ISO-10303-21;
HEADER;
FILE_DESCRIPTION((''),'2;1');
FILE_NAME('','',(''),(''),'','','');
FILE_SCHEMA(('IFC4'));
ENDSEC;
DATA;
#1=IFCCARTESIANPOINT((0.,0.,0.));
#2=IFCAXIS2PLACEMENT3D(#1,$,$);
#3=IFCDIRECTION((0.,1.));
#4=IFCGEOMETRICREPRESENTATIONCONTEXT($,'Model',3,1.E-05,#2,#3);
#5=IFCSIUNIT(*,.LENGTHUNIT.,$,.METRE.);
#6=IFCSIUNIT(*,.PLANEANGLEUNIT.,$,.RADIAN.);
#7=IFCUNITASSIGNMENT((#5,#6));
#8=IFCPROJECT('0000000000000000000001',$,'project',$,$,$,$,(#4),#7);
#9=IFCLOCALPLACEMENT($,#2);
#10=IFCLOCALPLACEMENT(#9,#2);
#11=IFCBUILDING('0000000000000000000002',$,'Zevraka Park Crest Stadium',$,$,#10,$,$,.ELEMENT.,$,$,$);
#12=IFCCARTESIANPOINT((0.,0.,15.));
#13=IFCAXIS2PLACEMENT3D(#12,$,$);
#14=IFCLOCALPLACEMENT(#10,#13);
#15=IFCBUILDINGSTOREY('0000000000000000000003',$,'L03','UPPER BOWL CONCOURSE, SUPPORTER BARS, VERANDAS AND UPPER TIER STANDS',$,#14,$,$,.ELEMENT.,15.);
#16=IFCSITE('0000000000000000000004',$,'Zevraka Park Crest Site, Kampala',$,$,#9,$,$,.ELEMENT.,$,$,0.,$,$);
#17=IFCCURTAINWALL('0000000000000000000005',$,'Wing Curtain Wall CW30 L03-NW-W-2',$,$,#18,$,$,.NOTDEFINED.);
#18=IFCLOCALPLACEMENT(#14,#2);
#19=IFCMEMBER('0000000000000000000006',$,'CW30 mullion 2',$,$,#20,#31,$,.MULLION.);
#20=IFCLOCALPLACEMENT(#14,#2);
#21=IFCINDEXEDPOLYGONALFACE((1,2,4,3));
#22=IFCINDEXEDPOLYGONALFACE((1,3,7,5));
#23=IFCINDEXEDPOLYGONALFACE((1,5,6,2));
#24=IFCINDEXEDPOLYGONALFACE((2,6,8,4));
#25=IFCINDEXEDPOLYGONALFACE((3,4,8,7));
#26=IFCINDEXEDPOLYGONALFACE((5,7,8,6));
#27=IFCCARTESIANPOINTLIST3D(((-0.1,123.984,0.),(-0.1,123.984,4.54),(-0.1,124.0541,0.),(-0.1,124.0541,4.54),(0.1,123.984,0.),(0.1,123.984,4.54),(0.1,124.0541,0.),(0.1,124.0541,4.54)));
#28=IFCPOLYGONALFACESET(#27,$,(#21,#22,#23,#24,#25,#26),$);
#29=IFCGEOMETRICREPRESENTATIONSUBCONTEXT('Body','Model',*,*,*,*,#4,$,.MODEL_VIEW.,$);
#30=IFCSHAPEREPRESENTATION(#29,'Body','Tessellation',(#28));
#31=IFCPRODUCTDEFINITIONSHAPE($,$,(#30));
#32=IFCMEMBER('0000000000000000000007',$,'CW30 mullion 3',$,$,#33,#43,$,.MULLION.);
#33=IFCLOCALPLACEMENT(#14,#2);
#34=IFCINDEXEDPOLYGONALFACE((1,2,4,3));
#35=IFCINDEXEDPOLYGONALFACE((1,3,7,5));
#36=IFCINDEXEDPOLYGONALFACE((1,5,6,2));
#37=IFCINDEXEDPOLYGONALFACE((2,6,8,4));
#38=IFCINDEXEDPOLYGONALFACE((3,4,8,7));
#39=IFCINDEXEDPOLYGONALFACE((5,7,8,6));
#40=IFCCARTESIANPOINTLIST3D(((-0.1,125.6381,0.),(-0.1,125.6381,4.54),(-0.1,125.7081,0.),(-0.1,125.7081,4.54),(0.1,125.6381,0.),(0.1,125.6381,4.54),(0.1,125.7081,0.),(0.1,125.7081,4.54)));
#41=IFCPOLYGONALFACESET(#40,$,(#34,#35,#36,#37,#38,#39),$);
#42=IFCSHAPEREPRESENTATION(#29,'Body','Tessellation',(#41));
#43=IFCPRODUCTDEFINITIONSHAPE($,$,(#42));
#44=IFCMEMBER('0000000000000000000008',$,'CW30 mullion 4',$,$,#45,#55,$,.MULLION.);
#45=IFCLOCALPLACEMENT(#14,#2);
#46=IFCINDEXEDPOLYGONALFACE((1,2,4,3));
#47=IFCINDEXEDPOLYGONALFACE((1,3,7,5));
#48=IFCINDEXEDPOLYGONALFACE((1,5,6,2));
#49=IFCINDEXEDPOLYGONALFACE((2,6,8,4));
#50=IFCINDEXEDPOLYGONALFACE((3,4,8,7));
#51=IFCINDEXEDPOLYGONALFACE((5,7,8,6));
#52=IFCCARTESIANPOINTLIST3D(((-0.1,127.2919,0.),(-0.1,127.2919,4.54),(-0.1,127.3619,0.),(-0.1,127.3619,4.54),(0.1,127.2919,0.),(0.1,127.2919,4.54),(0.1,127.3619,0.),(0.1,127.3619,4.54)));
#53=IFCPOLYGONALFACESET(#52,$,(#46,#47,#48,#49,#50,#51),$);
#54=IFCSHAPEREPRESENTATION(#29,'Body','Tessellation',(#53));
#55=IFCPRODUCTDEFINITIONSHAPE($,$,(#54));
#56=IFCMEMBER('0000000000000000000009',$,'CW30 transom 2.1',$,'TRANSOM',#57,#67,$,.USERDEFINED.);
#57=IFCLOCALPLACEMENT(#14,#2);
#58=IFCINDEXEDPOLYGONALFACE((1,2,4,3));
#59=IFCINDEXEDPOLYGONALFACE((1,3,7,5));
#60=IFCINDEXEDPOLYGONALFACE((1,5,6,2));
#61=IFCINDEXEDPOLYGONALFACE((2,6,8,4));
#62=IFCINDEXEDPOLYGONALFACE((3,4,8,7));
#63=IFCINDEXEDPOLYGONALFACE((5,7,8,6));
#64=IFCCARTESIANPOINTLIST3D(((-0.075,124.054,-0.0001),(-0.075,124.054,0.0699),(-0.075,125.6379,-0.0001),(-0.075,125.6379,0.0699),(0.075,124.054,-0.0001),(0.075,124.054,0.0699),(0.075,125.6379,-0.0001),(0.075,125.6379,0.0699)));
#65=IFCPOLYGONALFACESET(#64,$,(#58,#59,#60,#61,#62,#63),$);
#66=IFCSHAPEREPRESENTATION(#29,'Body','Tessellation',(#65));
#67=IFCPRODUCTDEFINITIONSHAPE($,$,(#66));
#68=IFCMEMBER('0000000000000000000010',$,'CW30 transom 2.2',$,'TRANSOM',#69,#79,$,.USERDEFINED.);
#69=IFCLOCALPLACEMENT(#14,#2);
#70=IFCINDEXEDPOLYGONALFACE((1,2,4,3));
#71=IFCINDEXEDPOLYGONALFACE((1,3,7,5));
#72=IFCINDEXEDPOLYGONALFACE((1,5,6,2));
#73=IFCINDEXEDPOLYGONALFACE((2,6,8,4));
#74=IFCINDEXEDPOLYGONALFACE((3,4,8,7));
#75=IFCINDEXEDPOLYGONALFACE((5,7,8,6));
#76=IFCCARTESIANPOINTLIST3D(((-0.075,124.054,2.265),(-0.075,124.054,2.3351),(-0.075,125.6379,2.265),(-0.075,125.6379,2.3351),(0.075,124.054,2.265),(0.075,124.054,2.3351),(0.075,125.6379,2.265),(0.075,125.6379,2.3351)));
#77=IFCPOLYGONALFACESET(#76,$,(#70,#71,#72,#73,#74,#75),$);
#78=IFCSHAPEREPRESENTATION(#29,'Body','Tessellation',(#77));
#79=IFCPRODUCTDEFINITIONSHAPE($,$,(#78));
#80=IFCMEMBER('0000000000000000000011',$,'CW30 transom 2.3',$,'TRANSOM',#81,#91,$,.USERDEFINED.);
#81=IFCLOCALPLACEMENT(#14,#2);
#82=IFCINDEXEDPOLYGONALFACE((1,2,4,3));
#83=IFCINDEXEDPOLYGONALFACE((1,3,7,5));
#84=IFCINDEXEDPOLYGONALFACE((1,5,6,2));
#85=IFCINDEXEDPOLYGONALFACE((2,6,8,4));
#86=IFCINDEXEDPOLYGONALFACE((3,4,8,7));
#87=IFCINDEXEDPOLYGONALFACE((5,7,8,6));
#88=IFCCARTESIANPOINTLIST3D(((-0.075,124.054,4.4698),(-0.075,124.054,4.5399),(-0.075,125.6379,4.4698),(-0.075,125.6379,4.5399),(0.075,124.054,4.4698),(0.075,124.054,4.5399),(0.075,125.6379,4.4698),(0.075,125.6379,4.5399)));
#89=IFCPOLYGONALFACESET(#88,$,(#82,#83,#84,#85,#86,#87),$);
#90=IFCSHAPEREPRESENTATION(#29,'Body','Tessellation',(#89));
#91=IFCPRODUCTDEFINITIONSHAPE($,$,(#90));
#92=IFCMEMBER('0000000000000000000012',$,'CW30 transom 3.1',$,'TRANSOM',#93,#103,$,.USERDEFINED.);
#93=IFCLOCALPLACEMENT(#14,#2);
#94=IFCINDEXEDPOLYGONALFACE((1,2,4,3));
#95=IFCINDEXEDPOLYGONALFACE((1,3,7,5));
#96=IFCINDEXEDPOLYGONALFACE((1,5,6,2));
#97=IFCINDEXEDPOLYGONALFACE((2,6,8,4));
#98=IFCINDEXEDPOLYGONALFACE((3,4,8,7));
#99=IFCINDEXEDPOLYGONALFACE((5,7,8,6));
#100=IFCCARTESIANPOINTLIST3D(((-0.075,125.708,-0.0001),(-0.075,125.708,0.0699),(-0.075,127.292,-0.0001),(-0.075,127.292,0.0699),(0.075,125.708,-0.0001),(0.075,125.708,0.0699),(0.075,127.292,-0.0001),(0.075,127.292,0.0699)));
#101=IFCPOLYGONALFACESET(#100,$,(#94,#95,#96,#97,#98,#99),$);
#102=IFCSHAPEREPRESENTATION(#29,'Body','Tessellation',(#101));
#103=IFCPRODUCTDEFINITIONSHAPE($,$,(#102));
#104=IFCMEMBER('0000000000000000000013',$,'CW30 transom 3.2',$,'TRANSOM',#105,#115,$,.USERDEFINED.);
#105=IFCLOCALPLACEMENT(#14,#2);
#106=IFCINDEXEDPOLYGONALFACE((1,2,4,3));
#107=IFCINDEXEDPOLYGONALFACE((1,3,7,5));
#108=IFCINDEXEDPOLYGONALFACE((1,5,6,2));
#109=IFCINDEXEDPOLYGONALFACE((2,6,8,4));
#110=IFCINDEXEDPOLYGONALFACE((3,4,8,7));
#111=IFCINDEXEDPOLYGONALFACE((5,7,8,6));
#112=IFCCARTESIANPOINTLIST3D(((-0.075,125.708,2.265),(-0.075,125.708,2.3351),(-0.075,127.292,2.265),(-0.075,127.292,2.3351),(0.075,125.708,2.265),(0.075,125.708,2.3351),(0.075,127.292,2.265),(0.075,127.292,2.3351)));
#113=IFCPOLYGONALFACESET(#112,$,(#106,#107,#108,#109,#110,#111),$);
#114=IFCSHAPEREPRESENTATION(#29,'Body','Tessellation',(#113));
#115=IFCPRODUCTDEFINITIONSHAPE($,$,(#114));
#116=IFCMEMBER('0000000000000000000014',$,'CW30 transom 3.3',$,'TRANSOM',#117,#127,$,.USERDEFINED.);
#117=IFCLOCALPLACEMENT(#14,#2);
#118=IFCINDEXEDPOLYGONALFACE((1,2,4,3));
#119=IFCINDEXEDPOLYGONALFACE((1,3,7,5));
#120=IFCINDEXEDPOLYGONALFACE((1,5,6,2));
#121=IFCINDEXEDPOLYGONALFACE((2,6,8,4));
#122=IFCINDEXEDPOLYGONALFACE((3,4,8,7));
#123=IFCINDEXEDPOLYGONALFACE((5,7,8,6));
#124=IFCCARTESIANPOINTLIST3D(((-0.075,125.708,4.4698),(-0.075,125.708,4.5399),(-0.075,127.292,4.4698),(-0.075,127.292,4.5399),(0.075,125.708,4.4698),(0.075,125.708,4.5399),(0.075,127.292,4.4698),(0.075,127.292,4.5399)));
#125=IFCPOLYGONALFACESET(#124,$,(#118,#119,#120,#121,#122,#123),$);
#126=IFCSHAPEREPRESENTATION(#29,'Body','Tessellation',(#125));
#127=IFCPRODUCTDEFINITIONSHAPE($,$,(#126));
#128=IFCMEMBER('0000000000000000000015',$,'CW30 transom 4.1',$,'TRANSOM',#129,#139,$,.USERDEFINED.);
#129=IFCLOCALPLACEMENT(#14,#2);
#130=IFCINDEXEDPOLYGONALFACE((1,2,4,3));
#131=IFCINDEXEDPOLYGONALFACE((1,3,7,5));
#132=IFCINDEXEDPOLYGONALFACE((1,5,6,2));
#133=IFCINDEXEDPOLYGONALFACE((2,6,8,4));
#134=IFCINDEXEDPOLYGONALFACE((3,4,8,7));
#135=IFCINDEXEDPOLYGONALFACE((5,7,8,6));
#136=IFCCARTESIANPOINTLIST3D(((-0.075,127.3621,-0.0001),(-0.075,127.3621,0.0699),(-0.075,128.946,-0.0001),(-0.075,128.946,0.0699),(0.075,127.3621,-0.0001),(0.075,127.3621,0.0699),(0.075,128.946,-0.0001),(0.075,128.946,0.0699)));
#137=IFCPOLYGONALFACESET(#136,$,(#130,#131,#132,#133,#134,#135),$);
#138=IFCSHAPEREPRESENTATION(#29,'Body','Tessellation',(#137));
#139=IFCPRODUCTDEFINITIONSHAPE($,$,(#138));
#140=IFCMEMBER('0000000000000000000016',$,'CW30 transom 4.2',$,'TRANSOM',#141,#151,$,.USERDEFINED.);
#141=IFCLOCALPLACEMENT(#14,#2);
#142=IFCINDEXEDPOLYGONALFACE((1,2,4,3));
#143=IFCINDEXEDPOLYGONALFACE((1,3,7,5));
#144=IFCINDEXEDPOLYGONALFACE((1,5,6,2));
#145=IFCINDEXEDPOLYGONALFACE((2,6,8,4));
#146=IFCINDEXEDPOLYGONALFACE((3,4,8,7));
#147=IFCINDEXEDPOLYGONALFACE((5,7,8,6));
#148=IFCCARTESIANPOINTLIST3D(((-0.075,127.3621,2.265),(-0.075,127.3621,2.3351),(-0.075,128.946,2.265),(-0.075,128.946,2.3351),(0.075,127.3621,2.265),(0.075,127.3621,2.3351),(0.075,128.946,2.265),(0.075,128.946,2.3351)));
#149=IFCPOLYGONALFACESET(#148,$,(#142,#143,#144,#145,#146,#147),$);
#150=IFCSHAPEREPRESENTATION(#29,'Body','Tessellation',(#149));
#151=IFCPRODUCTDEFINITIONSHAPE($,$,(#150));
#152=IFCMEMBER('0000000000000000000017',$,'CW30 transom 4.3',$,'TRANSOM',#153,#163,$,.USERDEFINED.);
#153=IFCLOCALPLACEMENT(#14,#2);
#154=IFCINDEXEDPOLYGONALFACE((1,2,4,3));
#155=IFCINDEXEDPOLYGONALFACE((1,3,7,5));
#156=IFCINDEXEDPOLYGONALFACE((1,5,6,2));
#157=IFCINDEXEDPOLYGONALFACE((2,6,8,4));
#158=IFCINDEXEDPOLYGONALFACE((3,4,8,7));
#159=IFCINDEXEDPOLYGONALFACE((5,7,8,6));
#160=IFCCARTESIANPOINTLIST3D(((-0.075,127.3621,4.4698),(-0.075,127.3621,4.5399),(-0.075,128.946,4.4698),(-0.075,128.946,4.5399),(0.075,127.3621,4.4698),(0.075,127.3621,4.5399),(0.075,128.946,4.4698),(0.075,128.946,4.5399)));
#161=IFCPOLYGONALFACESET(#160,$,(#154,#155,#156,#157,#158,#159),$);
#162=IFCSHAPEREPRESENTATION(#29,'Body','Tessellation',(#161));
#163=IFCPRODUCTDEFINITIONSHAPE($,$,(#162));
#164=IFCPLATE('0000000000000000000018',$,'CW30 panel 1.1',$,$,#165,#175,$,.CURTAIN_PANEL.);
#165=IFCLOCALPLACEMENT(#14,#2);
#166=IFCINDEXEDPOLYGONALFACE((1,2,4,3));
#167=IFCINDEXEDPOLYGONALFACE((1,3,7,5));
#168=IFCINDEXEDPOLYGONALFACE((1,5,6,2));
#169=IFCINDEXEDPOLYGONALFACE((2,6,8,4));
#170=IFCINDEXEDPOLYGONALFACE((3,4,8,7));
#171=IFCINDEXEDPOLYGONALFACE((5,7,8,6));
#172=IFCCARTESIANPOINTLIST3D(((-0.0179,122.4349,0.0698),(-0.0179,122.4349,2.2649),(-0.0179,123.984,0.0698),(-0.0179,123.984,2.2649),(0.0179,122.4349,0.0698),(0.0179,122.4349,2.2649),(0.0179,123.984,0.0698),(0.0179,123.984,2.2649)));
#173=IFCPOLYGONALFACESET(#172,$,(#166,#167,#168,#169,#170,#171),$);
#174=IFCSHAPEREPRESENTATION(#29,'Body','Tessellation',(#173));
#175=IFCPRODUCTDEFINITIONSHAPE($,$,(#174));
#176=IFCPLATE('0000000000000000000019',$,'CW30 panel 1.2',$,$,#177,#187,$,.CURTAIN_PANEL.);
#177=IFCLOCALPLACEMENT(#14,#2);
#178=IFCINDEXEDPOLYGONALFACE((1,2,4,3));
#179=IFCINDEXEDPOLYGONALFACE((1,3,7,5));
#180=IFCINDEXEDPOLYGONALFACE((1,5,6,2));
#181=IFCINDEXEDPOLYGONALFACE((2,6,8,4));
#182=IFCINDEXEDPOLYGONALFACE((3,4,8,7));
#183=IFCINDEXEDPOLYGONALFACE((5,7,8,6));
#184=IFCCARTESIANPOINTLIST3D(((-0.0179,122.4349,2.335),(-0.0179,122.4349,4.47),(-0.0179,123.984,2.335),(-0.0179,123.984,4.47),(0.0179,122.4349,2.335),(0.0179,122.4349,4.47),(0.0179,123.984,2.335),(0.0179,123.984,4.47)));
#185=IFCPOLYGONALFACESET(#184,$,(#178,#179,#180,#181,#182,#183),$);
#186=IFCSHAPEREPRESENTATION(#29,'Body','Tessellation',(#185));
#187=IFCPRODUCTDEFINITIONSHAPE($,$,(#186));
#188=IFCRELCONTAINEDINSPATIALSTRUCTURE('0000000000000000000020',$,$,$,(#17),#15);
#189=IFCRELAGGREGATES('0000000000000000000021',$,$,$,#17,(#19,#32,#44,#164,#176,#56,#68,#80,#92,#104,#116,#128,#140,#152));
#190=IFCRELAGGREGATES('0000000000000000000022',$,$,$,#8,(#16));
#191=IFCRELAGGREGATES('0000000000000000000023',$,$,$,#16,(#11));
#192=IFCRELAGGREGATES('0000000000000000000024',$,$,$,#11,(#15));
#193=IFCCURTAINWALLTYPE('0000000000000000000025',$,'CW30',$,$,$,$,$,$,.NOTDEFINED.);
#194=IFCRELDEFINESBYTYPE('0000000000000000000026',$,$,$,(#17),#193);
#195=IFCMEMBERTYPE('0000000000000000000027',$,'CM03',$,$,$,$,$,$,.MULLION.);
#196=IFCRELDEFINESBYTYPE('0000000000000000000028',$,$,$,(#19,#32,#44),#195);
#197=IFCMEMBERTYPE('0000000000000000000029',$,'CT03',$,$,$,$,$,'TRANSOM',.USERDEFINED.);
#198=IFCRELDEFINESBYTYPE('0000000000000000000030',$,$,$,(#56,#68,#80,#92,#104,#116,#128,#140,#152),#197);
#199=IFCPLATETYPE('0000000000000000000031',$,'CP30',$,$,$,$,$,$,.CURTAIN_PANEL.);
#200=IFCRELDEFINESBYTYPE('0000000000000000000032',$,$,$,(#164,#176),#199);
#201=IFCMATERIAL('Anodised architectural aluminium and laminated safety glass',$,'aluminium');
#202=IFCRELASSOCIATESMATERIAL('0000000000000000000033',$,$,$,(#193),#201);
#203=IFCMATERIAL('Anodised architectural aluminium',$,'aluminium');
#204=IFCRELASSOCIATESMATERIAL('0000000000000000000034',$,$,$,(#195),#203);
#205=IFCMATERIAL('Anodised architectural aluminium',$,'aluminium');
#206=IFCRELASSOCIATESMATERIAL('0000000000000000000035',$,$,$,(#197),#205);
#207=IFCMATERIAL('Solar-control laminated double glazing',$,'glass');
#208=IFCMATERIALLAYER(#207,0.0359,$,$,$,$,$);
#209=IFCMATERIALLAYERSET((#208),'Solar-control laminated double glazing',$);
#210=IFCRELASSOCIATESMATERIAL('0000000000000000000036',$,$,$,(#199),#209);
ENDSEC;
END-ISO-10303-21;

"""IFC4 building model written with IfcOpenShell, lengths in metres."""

from ifc_helpers import new_model, si_unit, direction, frame, origin, origin_2d, place, context, subcontext, project, spatial, rectangle, extrude, material, layer, layer_set, material_profile, profile_set, type_object, element, aggregate, save


model = new_model("IFC4")

# Units and contexts
model_context = context("Model", 3, precision=1e-05, world=origin(), true_north=direction((0.0, 1.0)))
body_context = subcontext(model_context, "Body", "Model", "MODEL_VIEW")
ifc_project = project(units=[si_unit("LENGTHUNIT", "METRE"), si_unit("PLANEANGLEUNIT", "RADIAN")], contexts=[model_context])

# Site, building, storey
site_placement = place(None, origin())
site = spatial("IfcSite", under=ifc_project, at=site_placement, Name="Zevraka Park Crest Site, Kampala", CompositionType="ELEMENT", RefElevation=0.0)
building_placement = place(site_placement, origin())
building = spatial("IfcBuilding", under=site, at=building_placement, Name="Zevraka Park Crest Stadium", CompositionType="ELEMENT")
storey_placement = place(building_placement, frame((0.0, 0.0, 15.0)))
storey = spatial("IfcBuildingStorey", under=building, at=storey_placement, Name="L03", Description="UPPER BOWL CONCOURSE, SUPPORTER BARS, VERANDAS AND UPPER TIER STANDS", CompositionType="ELEMENT", Elevation=15.0)

# Curtain wall, members, plates
ifc_material_1 = material(Name="Anodised architectural aluminium and laminated safety glass", Category="aluminium")
curtain_wall_type = type_object("IfcCurtainWallType", Name="CW30", PredefinedType="NOTDEFINED", material=ifc_material_1)
curtain_wall_placement = place(storey_placement, origin())
curtain_wall = element("IfcCurtainWall", 1, at=curtain_wall_placement, inside=storey, type_object=curtain_wall_type, Name="Wing Curtain Wall CW30 L03-NW-W-2", PredefinedType="NOTDEFINED")
ifc_material_2 = material(Name="Anodised architectural aluminium", Category="aluminium")
ifc_material_profile_1 = material_profile(ifc_material_2, rectangle(XDim=0.2, YDim=0.0701, at=origin_2d()), Name="ALU MULLION 200x70")
ifc_profile_set_1 = profile_set([ifc_material_profile_1], Name="Anodised architectural aluminium")
member_type_1 = type_object("IfcMemberType", Name="CM03", PredefinedType="MULLION", material=ifc_profile_set_1)
member_1_placement = place(storey_placement, frame((0.0, 124.019, 0.0), z_axis=(0.0, 0.0, 1.0), x_axis=(-1.0, 0.0, 0.0)))
member_1 = element("IfcMember", 2, at=member_1_placement, type_object=member_type_1, Name="CW30 mullion 2", PredefinedType="MULLION", context=body_context, shape_type="SweptSolid", body=[
    extrude(rectangle(XDim=0.2, YDim=0.0701, at=origin_2d()), origin(), (0.0, 0.0, 1.0), 4.54),
])
member_2_placement = place(storey_placement, frame((0.0, 125.6731, 0.0), z_axis=(0.0, 0.0, 1.0), x_axis=(-1.0, 0.0, 0.0)))
member_2 = element("IfcMember", 3, at=member_2_placement, type_object=member_type_1, Name="CW30 mullion 3", PredefinedType="MULLION", context=body_context, shape_type="SweptSolid", body=[
    extrude(rectangle(XDim=0.2, YDim=0.0701, at=origin_2d()), origin(), (0.0, 0.0, 1.0), 4.54),
])
member_3_placement = place(storey_placement, frame((0.0, 127.3269, 0.0), z_axis=(0.0, 0.0, 1.0), x_axis=(-1.0, 0.0, 0.0)))
member_3 = element("IfcMember", 4, at=member_3_placement, type_object=member_type_1, Name="CW30 mullion 4", PredefinedType="MULLION", context=body_context, shape_type="SweptSolid", body=[
    extrude(rectangle(XDim=0.2, YDim=0.0701, at=origin_2d()), origin(), (0.0, 0.0, 1.0), 4.54),
])
ifc_material_3 = material(Name="Anodised architectural aluminium", Category="aluminium")
ifc_material_profile_2 = material_profile(ifc_material_3, rectangle(XDim=0.1499, YDim=0.0701, at=origin_2d()), Name="ALU TRANSOM 150x70")
ifc_profile_set_2 = profile_set([ifc_material_profile_2], Name="Anodised architectural aluminium")
member_type_2 = type_object("IfcMemberType", Name="CT03", ElementType="TRANSOM", PredefinedType="USERDEFINED", material=ifc_profile_set_2)
member_4_placement = place(storey_placement, frame((0.0, 124.054, 0.0349), z_axis=(0.0, 1.0, 0.0), x_axis=(-1.0, 0.0, 0.0)))
member_4 = element("IfcMember", 5, at=member_4_placement, type_object=member_type_2, Name="CW30 transom 2.1", ObjectType="TRANSOM", PredefinedType="USERDEFINED", context=body_context, shape_type="SweptSolid", body=[
    extrude(rectangle(XDim=0.1499, YDim=0.0701, at=origin_2d()), origin(), (0.0, 0.0, 1.0), 1.584),
])
member_5_placement = place(storey_placement, frame((0.0, 124.054, 2.3), z_axis=(0.0, 1.0, 0.0), x_axis=(-1.0, 0.0, 0.0)))
member_5 = element("IfcMember", 6, at=member_5_placement, type_object=member_type_2, Name="CW30 transom 2.2", ObjectType="TRANSOM", PredefinedType="USERDEFINED", context=body_context, shape_type="SweptSolid", body=[
    extrude(rectangle(XDim=0.1499, YDim=0.0701, at=origin_2d()), origin(), (0.0, 0.0, 1.0), 1.584),
])
member_6_placement = place(storey_placement, frame((0.0, 124.054, 4.5049), z_axis=(0.0, 1.0, 0.0), x_axis=(-1.0, 0.0, 0.0)))
member_6 = element("IfcMember", 7, at=member_6_placement, type_object=member_type_2, Name="CW30 transom 2.3", ObjectType="TRANSOM", PredefinedType="USERDEFINED", context=body_context, shape_type="SweptSolid", body=[
    extrude(rectangle(XDim=0.1499, YDim=0.0701, at=origin_2d()), origin(), (0.0, 0.0, 1.0), 1.584),
])
member_7_placement = place(storey_placement, frame((0.0, 125.708, 0.0349), z_axis=(0.0, 1.0, 0.0), x_axis=(-1.0, 0.0, 0.0)))
member_7 = element("IfcMember", 8, at=member_7_placement, type_object=member_type_2, Name="CW30 transom 3.1", ObjectType="TRANSOM", PredefinedType="USERDEFINED", context=body_context, shape_type="SweptSolid", body=[
    extrude(rectangle(XDim=0.1499, YDim=0.0701, at=origin_2d()), origin(), (0.0, 0.0, 1.0), 1.584),
])
member_8_placement = place(storey_placement, frame((0.0, 125.708, 2.3), z_axis=(0.0, 1.0, 0.0), x_axis=(-1.0, 0.0, 0.0)))
member_8 = element("IfcMember", 9, at=member_8_placement, type_object=member_type_2, Name="CW30 transom 3.2", ObjectType="TRANSOM", PredefinedType="USERDEFINED", context=body_context, shape_type="SweptSolid", body=[
    extrude(rectangle(XDim=0.1499, YDim=0.0701, at=origin_2d()), origin(), (0.0, 0.0, 1.0), 1.584),
])
member_9_placement = place(storey_placement, frame((0.0, 125.708, 4.5049), z_axis=(0.0, 1.0, 0.0), x_axis=(-1.0, 0.0, 0.0)))
member_9 = element("IfcMember", 10, at=member_9_placement, type_object=member_type_2, Name="CW30 transom 3.3", ObjectType="TRANSOM", PredefinedType="USERDEFINED", context=body_context, shape_type="SweptSolid", body=[
    extrude(rectangle(XDim=0.1499, YDim=0.0701, at=origin_2d()), origin(), (0.0, 0.0, 1.0), 1.584),
])
member_10_placement = place(storey_placement, frame((0.0, 127.3621, 0.0349), z_axis=(0.0, 1.0, 0.0), x_axis=(-1.0, 0.0, 0.0)))
member_10 = element("IfcMember", 11, at=member_10_placement, type_object=member_type_2, Name="CW30 transom 4.1", ObjectType="TRANSOM", PredefinedType="USERDEFINED", context=body_context, shape_type="SweptSolid", body=[
    extrude(rectangle(XDim=0.1499, YDim=0.0701, at=origin_2d()), origin(), (0.0, 0.0, 1.0), 1.584),
])
member_11_placement = place(storey_placement, frame((0.0, 127.3621, 2.3), z_axis=(0.0, 1.0, 0.0), x_axis=(-1.0, 0.0, 0.0)))
member_11 = element("IfcMember", 12, at=member_11_placement, type_object=member_type_2, Name="CW30 transom 4.2", ObjectType="TRANSOM", PredefinedType="USERDEFINED", context=body_context, shape_type="SweptSolid", body=[
    extrude(rectangle(XDim=0.1499, YDim=0.0701, at=origin_2d()), origin(), (0.0, 0.0, 1.0), 1.584),
])
member_12_placement = place(storey_placement, frame((0.0, 127.3621, 4.5049), z_axis=(0.0, 1.0, 0.0), x_axis=(-1.0, 0.0, 0.0)))
member_12 = element("IfcMember", 13, at=member_12_placement, type_object=member_type_2, Name="CW30 transom 4.3", ObjectType="TRANSOM", PredefinedType="USERDEFINED", context=body_context, shape_type="SweptSolid", body=[
    extrude(rectangle(XDim=0.1499, YDim=0.0701, at=origin_2d()), origin(), (0.0, 0.0, 1.0), 1.584),
])
ifc_material_4 = material(Name="Solar-control laminated double glazing", Category="glass")
ifc_layer_1 = layer(ifc_material_4, 0.0359)
ifc_layer_set_1 = layer_set([ifc_layer_1], Name="Solar-control laminated double glazing")
plate_type = type_object("IfcPlateType", Name="CP30", PredefinedType="CURTAIN_PANEL", material=ifc_layer_set_1)
plate_1_placement = place(storey_placement, frame((0.0, 123.2095, 0.0698), z_axis=(0.0, 0.0, 1.0), x_axis=(0.0, 1.0, 0.0)))
plate_1 = element("IfcPlate", 14, at=plate_1_placement, type_object=plate_type, Name="CW30 panel 1.1", PredefinedType="CURTAIN_PANEL", context=body_context, shape_type="SweptSolid", body=[
    extrude(rectangle(XDim=1.5491, YDim=0.0359, at=origin_2d()), origin(), (0.0, 0.0, 1.0), 2.1951),
])
plate_2_placement = place(storey_placement, frame((0.0, 123.2095, 2.335), z_axis=(0.0, 0.0, 1.0), x_axis=(0.0, 1.0, 0.0)))
plate_2 = element("IfcPlate", 15, at=plate_2_placement, type_object=plate_type, Name="CW30 panel 1.2", PredefinedType="CURTAIN_PANEL", context=body_context, shape_type="SweptSolid", body=[
    extrude(rectangle(XDim=1.5491, YDim=0.0359, at=origin_2d()), origin(), (0.0, 0.0, 1.0), 2.135),
])
aggregate(curtain_wall, [member_1, member_2, member_3, plate_1, plate_2, member_4, member_5, member_6, member_7, member_8, member_9, member_10, member_11, member_12])

save(model, "model.ifc")
